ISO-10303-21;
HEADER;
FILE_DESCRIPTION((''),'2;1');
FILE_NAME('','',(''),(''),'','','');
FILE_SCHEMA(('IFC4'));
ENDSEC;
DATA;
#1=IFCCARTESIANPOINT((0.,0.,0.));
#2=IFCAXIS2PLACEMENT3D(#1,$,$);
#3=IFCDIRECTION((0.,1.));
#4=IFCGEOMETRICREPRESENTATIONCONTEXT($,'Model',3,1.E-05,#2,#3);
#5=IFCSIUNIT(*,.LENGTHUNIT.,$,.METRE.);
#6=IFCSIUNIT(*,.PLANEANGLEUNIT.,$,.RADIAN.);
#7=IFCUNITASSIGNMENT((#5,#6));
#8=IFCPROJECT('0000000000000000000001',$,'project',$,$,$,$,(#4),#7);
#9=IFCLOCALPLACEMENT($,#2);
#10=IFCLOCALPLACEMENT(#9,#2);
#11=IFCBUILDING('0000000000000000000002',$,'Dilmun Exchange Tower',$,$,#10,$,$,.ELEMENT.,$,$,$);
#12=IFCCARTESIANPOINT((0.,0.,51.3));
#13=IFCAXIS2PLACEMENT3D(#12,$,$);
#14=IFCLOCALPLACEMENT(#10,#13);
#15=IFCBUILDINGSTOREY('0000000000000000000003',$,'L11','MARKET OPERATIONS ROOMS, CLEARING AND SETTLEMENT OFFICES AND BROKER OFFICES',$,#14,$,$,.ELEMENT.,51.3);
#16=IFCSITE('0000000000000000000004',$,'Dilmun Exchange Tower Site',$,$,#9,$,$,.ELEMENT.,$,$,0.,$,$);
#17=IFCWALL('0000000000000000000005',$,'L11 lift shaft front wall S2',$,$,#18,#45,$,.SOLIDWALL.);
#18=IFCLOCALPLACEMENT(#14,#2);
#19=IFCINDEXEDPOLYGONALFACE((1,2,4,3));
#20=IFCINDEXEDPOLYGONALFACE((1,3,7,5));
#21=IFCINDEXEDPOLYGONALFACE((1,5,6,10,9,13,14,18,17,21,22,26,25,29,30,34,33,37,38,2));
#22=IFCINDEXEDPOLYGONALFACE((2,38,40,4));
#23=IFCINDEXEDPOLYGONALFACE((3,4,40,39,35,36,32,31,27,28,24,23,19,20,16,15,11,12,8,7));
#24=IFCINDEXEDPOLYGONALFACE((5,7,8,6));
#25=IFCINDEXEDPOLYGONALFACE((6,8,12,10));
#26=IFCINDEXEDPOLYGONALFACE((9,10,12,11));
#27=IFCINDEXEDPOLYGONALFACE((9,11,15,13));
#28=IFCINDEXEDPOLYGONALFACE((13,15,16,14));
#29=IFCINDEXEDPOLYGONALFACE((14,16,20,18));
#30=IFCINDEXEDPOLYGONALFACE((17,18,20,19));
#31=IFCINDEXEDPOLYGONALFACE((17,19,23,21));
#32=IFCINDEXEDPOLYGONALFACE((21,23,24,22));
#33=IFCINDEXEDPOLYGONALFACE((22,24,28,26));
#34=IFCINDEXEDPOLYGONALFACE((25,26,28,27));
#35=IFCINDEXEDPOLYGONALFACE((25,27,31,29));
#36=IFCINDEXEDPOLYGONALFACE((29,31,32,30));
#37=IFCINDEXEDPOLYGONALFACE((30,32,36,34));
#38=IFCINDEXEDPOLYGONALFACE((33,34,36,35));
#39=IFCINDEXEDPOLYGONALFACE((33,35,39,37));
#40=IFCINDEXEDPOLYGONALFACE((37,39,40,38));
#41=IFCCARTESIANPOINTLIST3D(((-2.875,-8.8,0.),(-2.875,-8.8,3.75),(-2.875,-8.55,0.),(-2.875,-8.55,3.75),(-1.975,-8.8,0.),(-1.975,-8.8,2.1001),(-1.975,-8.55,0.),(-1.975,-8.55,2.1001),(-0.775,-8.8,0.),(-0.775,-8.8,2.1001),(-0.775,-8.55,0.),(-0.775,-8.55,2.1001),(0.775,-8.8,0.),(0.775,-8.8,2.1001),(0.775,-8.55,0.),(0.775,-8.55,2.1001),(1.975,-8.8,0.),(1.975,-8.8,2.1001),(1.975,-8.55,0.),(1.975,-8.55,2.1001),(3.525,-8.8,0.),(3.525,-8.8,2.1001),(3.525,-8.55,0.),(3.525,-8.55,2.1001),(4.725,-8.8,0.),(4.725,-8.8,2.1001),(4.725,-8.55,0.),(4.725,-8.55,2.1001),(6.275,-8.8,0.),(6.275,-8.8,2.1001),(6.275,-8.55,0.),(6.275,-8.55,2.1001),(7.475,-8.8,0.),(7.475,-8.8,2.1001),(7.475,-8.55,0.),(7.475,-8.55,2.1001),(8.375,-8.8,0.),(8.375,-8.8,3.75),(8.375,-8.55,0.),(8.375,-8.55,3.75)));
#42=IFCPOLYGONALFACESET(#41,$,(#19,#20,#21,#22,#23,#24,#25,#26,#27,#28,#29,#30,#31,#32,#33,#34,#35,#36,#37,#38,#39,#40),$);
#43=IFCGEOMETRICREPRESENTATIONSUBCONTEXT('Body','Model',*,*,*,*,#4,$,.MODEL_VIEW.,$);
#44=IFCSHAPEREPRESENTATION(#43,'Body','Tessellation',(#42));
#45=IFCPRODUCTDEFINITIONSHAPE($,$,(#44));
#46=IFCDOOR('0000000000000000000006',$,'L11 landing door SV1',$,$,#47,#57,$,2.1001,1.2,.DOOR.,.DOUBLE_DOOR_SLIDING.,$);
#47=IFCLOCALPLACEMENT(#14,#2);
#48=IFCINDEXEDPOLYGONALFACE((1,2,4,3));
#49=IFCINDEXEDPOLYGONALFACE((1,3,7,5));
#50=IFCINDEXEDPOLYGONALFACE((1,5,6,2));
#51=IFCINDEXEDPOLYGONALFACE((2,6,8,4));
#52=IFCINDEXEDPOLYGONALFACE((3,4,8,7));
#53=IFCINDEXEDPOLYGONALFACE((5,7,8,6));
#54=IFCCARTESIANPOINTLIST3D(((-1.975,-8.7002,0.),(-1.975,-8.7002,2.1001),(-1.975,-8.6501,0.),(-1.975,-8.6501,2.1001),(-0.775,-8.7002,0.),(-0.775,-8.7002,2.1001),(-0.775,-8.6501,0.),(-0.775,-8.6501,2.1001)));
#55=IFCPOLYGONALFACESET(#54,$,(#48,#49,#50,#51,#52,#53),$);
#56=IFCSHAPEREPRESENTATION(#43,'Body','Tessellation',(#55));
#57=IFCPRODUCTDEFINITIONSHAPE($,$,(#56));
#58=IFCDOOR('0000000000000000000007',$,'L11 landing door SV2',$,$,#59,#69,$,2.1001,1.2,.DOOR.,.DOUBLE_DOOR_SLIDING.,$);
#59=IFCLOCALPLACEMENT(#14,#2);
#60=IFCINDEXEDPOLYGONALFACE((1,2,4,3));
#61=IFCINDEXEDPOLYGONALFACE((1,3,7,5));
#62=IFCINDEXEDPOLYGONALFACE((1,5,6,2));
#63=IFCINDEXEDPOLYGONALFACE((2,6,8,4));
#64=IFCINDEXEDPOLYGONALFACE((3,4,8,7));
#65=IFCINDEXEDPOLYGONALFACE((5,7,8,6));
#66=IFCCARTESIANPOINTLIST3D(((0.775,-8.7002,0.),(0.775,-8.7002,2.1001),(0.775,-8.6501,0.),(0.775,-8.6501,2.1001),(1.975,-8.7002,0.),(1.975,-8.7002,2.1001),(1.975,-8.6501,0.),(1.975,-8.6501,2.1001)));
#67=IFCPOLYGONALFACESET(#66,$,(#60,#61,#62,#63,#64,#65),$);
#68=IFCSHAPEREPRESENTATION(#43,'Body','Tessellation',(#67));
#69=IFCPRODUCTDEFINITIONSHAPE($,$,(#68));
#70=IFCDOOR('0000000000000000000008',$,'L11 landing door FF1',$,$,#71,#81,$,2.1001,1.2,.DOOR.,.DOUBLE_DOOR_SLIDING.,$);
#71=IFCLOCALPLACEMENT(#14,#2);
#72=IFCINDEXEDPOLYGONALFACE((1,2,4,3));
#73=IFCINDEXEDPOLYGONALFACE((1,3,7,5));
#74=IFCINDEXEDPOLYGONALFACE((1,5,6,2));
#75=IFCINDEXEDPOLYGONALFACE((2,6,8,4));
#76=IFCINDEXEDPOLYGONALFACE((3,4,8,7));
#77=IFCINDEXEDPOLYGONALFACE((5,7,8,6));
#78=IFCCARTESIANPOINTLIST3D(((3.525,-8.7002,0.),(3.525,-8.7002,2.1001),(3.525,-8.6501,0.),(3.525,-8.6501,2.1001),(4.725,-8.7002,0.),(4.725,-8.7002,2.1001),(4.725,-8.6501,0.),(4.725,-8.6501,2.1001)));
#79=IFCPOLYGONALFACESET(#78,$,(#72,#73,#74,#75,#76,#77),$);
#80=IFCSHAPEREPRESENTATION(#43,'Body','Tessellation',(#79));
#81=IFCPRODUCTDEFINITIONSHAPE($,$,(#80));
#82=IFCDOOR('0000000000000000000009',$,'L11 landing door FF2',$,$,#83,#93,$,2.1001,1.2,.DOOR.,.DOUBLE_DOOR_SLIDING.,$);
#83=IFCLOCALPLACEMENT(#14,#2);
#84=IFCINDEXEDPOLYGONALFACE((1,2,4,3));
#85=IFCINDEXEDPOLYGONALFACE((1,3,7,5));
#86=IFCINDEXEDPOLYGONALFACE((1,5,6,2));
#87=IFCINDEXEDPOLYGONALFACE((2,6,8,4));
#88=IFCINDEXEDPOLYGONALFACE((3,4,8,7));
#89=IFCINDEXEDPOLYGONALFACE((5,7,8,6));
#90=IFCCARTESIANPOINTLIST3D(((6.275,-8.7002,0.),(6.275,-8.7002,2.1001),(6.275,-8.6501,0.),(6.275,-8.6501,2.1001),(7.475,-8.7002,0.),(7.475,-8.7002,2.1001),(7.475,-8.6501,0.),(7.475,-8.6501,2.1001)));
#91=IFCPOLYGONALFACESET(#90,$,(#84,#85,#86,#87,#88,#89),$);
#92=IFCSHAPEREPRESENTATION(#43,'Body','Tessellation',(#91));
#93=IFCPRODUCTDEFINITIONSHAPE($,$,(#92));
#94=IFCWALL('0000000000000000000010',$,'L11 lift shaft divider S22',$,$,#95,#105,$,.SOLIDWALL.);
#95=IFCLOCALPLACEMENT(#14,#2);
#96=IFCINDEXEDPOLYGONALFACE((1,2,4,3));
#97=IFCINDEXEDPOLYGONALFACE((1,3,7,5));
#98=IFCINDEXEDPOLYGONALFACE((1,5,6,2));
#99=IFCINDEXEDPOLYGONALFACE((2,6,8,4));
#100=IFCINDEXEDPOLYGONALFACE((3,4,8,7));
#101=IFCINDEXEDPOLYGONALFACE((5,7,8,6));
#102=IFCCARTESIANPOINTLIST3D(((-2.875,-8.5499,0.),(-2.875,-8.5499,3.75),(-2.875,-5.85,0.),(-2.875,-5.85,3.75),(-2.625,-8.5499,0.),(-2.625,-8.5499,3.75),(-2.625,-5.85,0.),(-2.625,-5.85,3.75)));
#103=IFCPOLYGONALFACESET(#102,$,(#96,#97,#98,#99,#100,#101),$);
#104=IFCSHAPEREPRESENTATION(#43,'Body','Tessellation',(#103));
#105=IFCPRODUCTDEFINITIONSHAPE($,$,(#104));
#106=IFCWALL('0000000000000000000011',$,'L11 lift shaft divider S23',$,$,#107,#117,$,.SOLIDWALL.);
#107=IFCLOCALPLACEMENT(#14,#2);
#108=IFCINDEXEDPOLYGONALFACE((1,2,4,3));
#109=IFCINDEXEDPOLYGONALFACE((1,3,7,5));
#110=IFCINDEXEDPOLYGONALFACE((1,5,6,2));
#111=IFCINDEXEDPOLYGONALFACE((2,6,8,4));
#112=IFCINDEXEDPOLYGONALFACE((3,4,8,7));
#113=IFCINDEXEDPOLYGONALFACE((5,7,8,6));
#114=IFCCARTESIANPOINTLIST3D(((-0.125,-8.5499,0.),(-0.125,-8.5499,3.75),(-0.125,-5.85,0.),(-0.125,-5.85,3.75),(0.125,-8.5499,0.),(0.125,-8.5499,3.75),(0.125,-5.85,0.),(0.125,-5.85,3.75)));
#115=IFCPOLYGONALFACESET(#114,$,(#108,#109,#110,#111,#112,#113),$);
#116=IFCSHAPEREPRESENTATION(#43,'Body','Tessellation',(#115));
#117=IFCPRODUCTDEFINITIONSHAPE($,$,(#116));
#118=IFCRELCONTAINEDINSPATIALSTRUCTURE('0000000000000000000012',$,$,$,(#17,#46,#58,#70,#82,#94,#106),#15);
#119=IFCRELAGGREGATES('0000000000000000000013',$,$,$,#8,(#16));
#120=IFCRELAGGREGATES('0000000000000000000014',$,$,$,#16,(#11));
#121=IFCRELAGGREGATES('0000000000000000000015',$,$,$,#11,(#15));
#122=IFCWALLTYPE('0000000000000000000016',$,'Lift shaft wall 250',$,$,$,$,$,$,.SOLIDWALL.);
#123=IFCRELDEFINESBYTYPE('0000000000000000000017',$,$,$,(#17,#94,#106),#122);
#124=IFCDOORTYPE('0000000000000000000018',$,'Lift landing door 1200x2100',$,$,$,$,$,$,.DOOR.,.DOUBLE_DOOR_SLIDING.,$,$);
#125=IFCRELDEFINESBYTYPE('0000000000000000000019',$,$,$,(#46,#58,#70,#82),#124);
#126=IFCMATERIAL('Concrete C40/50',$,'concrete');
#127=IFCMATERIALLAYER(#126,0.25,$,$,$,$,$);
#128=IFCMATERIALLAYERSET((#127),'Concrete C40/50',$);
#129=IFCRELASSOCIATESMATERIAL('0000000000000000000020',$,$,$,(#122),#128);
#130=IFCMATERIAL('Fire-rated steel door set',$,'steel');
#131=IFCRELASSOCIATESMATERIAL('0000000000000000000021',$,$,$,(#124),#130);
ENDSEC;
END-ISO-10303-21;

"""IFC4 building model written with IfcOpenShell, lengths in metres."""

from ifc_helpers import new_model, si_unit, direction, frame, frame_2d, origin, place, context, subcontext, project, spatial, rectangle, extrude, material, layer, layer_set, type_object, element, fill, save


model = new_model("IFC4")

# Units and contexts
model_context = context("Model", 3, precision=1e-05, world=origin(), true_north=direction((0.0, 1.0)))
body_context = subcontext(model_context, "Body", "Model", "MODEL_VIEW")
ifc_project = project(units=[si_unit("LENGTHUNIT", "METRE"), si_unit("PLANEANGLEUNIT", "RADIAN")], contexts=[model_context])

# Site, building, storey
site_placement = place(None, origin())
site = spatial("IfcSite", under=ifc_project, at=site_placement, Name="Dilmun Exchange Tower Site", CompositionType="ELEMENT", RefElevation=0.0)
building_placement = place(site_placement, origin())
building = spatial("IfcBuilding", under=site, at=building_placement, Name="Dilmun Exchange Tower", CompositionType="ELEMENT")
storey_placement = place(building_placement, frame((0.0, 0.0, 51.3)))
storey = spatial("IfcBuildingStorey", under=building, at=storey_placement, Name="L11", Description="MARKET OPERATIONS ROOMS, CLEARING AND SETTLEMENT OFFICES AND BROKER OFFICES", CompositionType="ELEMENT", Elevation=51.3)

# Shared definitions
ifc_material_1 = material(Name="Concrete C40/50", Category="concrete")

# Shared definitions
ifc_material_2 = material(Name="Fire-rated steel door set", Category="steel")

# Shared definitions
ifc_layer_1 = layer(ifc_material_1, 0.25)
ifc_layer_set_1 = layer_set([ifc_layer_1], Name="Concrete C40/50")
wall_type_1 = type_object("IfcWallType", Name="Lift shaft wall 250", PredefinedType="SOLIDWALL", material=ifc_layer_set_1)

# Wall, openings, doors
wall_1_placement = place(storey_placement, frame((-2.875, -8.675, 0.0), z_axis=(0.0, 0.0, 1.0), x_axis=(1.0, 0.0, 0.0)))
wall_1 = element("IfcWall", 1, at=wall_1_placement, inside=storey, type_object=wall_type_1, Name="L11 lift shaft front wall S2", PredefinedType="SOLIDWALL", context=body_context, shape_type="SweptSolid", body=[
    extrude(rectangle(XDim=11.25, YDim=0.25, at=frame_2d((5.625, 0.0))), origin(), (0.0, 0.0, 1.0), 3.75),
])
opening_1_placement = place(wall_1_placement, frame((0.8999, 0.0, 0.0)))
opening_1 = element("IfcOpeningElement", 2, at=opening_1_placement, cuts=wall_1, PredefinedType="OPENING", context=body_context, shape_type="SweptSolid", body=[
    extrude(rectangle(XDim=1.2, YDim=2.1001, at=frame_2d((0.6001, 1.05))), frame((0.0, 0.135, 0.0), z_axis=(0.0, -1.0, 0.0), x_axis=(1.0, 0.0, 0.0)), (0.0, 0.0, 1.0), 0.27),
])
opening_2_placement = place(wall_1_placement, frame((3.6499, 0.0, 0.0)))
opening_2 = element("IfcOpeningElement", 3, at=opening_2_placement, cuts=wall_1, PredefinedType="OPENING", context=body_context, shape_type="SweptSolid", body=[
    extrude(rectangle(XDim=1.2, YDim=2.1001, at=frame_2d((0.6001, 1.05))), frame((0.0, 0.135, 0.0), z_axis=(0.0, -1.0, 0.0), x_axis=(1.0, 0.0, 0.0)), (0.0, 0.0, 1.0), 0.27),
])
opening_3_placement = place(wall_1_placement, frame((6.3999, 0.0, 0.0)))
opening_3 = element("IfcOpeningElement", 4, at=opening_3_placement, cuts=wall_1, PredefinedType="OPENING", context=body_context, shape_type="SweptSolid", body=[
    extrude(rectangle(XDim=1.2, YDim=2.1001, at=frame_2d((0.6001, 1.05))), frame((0.0, 0.135, 0.0), z_axis=(0.0, -1.0, 0.0), x_axis=(1.0, 0.0, 0.0)), (0.0, 0.0, 1.0), 0.27),
])
opening_4_placement = place(wall_1_placement, frame((9.1499, 0.0, 0.0)))
opening_4 = element("IfcOpeningElement", 5, at=opening_4_placement, cuts=wall_1, PredefinedType="OPENING", context=body_context, shape_type="SweptSolid", body=[
    extrude(rectangle(XDim=1.2, YDim=2.1001, at=frame_2d((0.6001, 1.05))), frame((0.0, 0.135, 0.0), z_axis=(0.0, -1.0, 0.0), x_axis=(1.0, 0.0, 0.0)), (0.0, 0.0, 1.0), 0.27),
])
door_type_1 = type_object("IfcDoorType", Name="Lift landing door 1200x2100", OperationType="DOUBLE_DOOR_SLIDING", PredefinedType="DOOR", material=ifc_material_2)
door_1_placement = place(opening_1_placement, origin())
door_1 = element("IfcDoor", 6, at=door_1_placement, inside=storey, type_object=door_type_1, Name="L11 landing door SV1", OperationType="DOUBLE_DOOR_SLIDING", OverallHeight=2.1001, OverallWidth=1.2, PredefinedType="DOOR", context=body_context, shape_type="SweptSolid", body=[
    extrude(rectangle(XDim=1.2, YDim=2.1001, at=frame_2d((0.6001, 1.05))), frame((0.0, 0.0249, 0.0), z_axis=(0.0, -1.0, 0.0), x_axis=(1.0, 0.0, 0.0)), (0.0, 0.0, 1.0), 0.05),
])
fill(opening_1, door_1)
door_2_placement = place(opening_2_placement, origin())
door_2 = element("IfcDoor", 7, at=door_2_placement, inside=storey, type_object=door_type_1, Name="L11 landing door SV2", OperationType="DOUBLE_DOOR_SLIDING", OverallHeight=2.1001, OverallWidth=1.2, PredefinedType="DOOR", context=body_context, shape_type="SweptSolid", body=[
    extrude(rectangle(XDim=1.2, YDim=2.1001, at=frame_2d((0.6001, 1.05))), frame((0.0, 0.0249, 0.0), z_axis=(0.0, -1.0, 0.0), x_axis=(1.0, 0.0, 0.0)), (0.0, 0.0, 1.0), 0.05),
])
fill(opening_2, door_2)
door_3_placement = place(opening_3_placement, origin())
door_3 = element("IfcDoor", 8, at=door_3_placement, inside=storey, type_object=door_type_1, Name="L11 landing door FF1", OperationType="DOUBLE_DOOR_SLIDING", OverallHeight=2.1001, OverallWidth=1.2, PredefinedType="DOOR", context=body_context, shape_type="SweptSolid", body=[
    extrude(rectangle(XDim=1.2, YDim=2.1001, at=frame_2d((0.6001, 1.05))), frame((0.0, 0.0249, 0.0), z_axis=(0.0, -1.0, 0.0), x_axis=(1.0, 0.0, 0.0)), (0.0, 0.0, 1.0), 0.05),
])
fill(opening_3, door_3)
door_4_placement = place(opening_4_placement, origin())
door_4 = element("IfcDoor", 9, at=door_4_placement, inside=storey, type_object=door_type_1, Name="L11 landing door FF2", OperationType="DOUBLE_DOOR_SLIDING", OverallHeight=2.1001, OverallWidth=1.2, PredefinedType="DOOR", context=body_context, shape_type="SweptSolid", body=[
    extrude(rectangle(XDim=1.2, YDim=2.1001, at=frame_2d((0.6001, 1.05))), frame((0.0, 0.0249, 0.0), z_axis=(0.0, -1.0, 0.0), x_axis=(1.0, 0.0, 0.0)), (0.0, 0.0, 1.0), 0.05),
])
fill(opening_4, door_4)

# Walls
for number, where, z_axis, x_axis, name in (
    (10, (-2.75, -8.55, 0.0), (0.0, 0.0, 1.0), (0.0, 1.0, 0.0), "L11 lift shaft divider S22"),
    (11, (0.0, -8.55, 0.0), (0.0, 0.0, 1.0), (0.0, 1.0, 0.0), "L11 lift shaft divider S23"),
):
    element("IfcWall", number, at=place(storey_placement, frame(where, z_axis=z_axis, x_axis=x_axis)), inside=storey, type_object=wall_type_1, Name=name, PredefinedType="SOLIDWALL", context=body_context, shape_type="SweptSolid", body=[
        extrude(rectangle(XDim=2.7, YDim=0.25, at=frame_2d((1.3501, 0.0))), origin(), (0.0, 0.0, 1.0), 3.75),
    ])

save(model, "model.ifc")
